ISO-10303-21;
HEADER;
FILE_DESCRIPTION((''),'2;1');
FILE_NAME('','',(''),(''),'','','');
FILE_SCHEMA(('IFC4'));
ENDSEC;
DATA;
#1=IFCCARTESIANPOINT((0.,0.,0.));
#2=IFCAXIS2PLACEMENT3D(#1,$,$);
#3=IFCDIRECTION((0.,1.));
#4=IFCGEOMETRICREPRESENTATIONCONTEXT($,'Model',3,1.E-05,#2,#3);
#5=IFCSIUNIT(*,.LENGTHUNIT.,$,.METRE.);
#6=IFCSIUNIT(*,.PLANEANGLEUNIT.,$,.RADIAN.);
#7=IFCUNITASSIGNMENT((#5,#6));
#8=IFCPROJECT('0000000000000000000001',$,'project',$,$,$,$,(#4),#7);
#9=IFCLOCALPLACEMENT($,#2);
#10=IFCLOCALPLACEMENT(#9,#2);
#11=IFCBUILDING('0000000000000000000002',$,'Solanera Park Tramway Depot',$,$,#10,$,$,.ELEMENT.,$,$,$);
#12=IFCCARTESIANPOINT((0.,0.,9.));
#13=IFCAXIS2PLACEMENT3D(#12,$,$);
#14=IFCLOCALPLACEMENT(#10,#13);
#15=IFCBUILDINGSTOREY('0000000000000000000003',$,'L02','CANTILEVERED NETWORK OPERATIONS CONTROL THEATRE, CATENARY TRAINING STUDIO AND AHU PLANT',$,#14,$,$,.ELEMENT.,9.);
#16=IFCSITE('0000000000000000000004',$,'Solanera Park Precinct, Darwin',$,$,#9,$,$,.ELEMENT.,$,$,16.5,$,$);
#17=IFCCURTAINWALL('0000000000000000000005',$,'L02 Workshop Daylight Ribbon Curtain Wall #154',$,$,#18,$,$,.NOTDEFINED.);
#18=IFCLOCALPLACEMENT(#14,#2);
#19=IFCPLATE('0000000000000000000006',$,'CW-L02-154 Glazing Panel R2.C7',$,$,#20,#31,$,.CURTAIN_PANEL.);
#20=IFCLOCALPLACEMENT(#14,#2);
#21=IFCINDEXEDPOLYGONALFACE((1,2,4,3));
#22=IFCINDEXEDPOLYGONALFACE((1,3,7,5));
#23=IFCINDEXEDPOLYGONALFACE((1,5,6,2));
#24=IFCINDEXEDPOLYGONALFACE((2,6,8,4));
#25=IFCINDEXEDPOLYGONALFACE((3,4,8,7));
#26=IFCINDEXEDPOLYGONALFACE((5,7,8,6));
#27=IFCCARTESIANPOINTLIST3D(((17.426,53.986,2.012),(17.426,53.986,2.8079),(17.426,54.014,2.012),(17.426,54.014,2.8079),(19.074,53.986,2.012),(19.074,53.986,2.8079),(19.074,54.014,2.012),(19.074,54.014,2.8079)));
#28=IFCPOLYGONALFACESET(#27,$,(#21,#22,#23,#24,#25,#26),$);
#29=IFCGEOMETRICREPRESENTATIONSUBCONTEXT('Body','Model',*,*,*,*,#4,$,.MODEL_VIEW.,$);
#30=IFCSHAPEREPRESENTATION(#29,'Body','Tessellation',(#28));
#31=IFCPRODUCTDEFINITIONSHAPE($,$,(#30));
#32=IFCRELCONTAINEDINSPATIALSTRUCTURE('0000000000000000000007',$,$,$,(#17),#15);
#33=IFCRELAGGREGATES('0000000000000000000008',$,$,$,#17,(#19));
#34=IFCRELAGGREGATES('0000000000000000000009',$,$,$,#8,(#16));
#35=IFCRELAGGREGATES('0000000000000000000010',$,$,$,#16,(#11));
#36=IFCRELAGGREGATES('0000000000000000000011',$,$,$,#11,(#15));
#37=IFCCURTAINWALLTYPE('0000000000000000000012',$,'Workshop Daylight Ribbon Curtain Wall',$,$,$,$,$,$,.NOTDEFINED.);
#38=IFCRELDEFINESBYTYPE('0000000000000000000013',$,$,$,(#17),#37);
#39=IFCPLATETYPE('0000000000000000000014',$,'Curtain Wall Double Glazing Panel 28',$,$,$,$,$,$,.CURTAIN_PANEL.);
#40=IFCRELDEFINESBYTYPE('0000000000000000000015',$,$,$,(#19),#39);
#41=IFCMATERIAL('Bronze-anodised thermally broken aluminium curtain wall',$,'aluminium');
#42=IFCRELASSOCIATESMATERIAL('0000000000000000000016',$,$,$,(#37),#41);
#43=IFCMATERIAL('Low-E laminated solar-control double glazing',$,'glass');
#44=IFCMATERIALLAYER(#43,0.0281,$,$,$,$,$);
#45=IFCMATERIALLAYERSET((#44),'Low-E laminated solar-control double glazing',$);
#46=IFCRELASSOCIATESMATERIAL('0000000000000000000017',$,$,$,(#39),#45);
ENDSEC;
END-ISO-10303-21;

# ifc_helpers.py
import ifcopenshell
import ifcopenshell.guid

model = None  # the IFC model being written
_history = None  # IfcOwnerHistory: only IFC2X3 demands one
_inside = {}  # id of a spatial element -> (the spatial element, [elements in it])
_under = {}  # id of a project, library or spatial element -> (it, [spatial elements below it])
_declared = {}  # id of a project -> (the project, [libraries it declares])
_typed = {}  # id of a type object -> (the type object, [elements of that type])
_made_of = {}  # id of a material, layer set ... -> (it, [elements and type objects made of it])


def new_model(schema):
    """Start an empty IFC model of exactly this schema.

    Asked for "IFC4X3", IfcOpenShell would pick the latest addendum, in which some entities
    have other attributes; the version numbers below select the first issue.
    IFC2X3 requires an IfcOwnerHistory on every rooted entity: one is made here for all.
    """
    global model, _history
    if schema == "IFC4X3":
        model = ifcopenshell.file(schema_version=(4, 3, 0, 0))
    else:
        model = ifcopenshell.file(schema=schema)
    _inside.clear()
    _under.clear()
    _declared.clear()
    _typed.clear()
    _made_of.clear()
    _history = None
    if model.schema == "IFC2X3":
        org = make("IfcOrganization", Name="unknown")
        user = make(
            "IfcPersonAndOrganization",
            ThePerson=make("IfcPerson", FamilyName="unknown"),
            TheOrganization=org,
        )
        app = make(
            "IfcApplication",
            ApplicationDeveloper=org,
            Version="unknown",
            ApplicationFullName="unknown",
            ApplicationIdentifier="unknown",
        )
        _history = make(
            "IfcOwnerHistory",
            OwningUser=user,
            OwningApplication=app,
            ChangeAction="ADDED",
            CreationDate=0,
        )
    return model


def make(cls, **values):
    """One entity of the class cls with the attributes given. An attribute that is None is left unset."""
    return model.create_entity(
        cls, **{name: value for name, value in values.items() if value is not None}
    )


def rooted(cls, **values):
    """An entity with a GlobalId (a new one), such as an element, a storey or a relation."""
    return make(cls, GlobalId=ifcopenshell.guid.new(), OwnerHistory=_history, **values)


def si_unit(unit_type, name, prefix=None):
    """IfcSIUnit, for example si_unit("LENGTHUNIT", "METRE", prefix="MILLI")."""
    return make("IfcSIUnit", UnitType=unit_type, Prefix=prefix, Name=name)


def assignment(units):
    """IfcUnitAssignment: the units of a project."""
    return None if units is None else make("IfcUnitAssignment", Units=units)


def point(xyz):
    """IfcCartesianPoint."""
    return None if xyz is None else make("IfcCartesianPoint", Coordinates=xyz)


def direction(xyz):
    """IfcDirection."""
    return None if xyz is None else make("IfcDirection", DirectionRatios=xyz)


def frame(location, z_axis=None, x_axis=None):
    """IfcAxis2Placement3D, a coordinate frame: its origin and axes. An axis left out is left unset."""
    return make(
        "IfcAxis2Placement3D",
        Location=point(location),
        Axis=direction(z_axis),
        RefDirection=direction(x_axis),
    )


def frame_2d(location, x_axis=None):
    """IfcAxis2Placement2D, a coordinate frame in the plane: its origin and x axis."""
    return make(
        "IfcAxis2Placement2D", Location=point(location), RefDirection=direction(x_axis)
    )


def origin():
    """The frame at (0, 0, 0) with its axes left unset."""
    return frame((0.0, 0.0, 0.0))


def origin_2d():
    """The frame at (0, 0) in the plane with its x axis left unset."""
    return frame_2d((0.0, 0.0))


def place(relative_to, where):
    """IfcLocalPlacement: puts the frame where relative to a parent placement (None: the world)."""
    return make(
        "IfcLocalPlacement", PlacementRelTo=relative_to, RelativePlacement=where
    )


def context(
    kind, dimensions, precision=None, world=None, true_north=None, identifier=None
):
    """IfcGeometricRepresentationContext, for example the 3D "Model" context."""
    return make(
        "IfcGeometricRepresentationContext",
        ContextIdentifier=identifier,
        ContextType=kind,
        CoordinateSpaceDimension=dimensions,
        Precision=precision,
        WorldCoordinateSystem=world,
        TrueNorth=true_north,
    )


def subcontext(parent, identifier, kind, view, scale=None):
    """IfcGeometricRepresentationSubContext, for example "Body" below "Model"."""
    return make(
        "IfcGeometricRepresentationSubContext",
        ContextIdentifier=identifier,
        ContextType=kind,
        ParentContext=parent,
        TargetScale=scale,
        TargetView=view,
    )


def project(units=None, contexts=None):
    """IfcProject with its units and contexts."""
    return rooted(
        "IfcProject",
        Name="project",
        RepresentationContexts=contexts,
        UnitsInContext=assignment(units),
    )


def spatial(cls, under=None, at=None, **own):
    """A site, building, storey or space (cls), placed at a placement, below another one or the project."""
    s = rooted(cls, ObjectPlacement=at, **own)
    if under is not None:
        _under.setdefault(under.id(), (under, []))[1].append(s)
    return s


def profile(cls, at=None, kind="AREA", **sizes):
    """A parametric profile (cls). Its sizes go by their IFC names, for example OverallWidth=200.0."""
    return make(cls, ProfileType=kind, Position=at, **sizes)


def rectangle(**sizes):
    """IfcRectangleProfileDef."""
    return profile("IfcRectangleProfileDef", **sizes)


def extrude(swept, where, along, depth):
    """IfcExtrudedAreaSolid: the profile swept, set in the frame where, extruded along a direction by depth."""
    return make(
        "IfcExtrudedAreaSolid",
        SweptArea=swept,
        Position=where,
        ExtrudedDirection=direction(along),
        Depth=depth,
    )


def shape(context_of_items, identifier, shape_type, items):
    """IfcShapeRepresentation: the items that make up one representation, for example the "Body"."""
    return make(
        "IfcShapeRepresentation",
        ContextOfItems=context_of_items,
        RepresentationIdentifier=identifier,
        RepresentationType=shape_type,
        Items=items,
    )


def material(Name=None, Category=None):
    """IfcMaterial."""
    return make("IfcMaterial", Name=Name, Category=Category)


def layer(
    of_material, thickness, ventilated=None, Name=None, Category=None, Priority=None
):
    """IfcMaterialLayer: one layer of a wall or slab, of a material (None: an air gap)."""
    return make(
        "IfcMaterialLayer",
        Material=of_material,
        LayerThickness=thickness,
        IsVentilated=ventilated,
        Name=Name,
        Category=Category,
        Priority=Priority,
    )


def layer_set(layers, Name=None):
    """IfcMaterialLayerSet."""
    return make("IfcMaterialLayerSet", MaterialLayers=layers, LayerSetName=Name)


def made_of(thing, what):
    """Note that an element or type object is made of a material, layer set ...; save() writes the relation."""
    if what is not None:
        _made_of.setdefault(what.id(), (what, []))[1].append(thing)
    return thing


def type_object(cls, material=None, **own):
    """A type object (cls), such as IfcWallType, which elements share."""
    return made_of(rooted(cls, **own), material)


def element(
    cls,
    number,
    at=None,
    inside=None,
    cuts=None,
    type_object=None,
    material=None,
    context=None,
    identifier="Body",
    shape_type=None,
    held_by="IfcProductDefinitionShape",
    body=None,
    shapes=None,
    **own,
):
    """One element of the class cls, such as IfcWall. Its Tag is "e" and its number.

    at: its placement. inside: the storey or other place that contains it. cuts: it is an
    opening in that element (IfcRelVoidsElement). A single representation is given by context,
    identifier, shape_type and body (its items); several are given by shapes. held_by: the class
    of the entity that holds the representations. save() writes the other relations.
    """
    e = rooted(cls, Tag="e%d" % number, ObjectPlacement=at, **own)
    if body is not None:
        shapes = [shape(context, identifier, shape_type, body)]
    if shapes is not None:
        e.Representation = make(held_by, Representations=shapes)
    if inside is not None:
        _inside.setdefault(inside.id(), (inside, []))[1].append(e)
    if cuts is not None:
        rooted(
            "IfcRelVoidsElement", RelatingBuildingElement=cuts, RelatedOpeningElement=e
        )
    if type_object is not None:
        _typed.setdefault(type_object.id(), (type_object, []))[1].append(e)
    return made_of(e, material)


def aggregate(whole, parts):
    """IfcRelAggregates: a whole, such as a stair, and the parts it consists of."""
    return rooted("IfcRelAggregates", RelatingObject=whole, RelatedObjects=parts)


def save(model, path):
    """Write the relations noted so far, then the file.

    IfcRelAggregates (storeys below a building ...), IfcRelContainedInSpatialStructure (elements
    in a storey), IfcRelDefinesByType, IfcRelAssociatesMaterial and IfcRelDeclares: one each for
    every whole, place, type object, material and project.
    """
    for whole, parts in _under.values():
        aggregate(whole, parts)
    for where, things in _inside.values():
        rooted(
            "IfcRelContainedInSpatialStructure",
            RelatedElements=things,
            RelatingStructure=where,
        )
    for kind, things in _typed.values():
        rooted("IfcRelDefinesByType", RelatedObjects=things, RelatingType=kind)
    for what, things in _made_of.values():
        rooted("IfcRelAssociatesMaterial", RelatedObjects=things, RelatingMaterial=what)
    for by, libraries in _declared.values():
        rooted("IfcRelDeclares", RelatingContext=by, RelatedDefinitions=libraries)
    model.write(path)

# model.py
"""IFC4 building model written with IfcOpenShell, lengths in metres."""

from ifc_helpers import new_model, si_unit, direction, frame, origin, origin_2d, place, context, subcontext, project, spatial, rectangle, extrude, material, layer, layer_set, type_object, element, aggregate, save


model = new_model("IFC4")

# Units and contexts
model_context = context("Model", 3, precision=1e-05, world=origin(), true_north=direction((0.0, 1.0)))
body_context = subcontext(model_context, "Body", "Model", "MODEL_VIEW")
ifc_project = project(units=[si_unit("LENGTHUNIT", "METRE"), si_unit("PLANEANGLEUNIT", "RADIAN")], contexts=[model_context])

# Site, building, storey
site_placement = place(None, origin())
site = spatial("IfcSite", under=ifc_project, at=site_placement, Name="Solanera Park Precinct, Darwin", CompositionType="ELEMENT", RefElevation=16.5)
building_placement = place(site_placement, origin())
building = spatial("IfcBuilding", under=site, at=building_placement, Name="Solanera Park Tramway Depot", CompositionType="ELEMENT")
storey_placement = place(building_placement, frame((0.0, 0.0, 9.0)))
storey = spatial("IfcBuildingStorey", under=building, at=storey_placement, Name="L02", Description="CANTILEVERED NETWORK OPERATIONS CONTROL THEATRE, CATENARY TRAINING STUDIO AND AHU PLANT", CompositionType="ELEMENT", Elevation=9.0)

# Curtain wall, plate
ifc_material_1 = material(Name="Bronze-anodised thermally broken aluminium curtain wall", Category="aluminium")
curtain_wall_type = type_object("IfcCurtainWallType", Name="Workshop Daylight Ribbon Curtain Wall", PredefinedType="NOTDEFINED", material=ifc_material_1)
curtain_wall_placement = place(storey_placement, origin())
curtain_wall = element("IfcCurtainWall", 1, at=curtain_wall_placement, inside=storey, type_object=curtain_wall_type, Name="L02 Workshop Daylight Ribbon Curtain Wall #154", PredefinedType="NOTDEFINED")
ifc_material_2 = material(Name="Low-E laminated solar-control double glazing", Category="glass")
ifc_layer = layer(ifc_material_2, 0.0281)
ifc_layer_set = layer_set([ifc_layer], Name="Low-E laminated solar-control double glazing")
plate_type = type_object("IfcPlateType", Name="Curtain Wall Double Glazing Panel 28", PredefinedType="CURTAIN_PANEL", material=ifc_layer_set)
plate_1_placement = place(storey_placement, frame((18.25, 54.0, 2.012), z_axis=(0.0, 0.0, 1.0), x_axis=(-1.0, 0.0, 0.0)))
plate_1 = element("IfcPlate", 2, at=plate_1_placement, type_object=plate_type, Name="CW-L02-154 Glazing Panel R2.C7", PredefinedType="CURTAIN_PANEL", context=body_context, shape_type="SweptSolid", body=[
    extrude(rectangle(XDim=1.6479, YDim=0.0281, at=origin_2d()), origin(), (0.0, 0.0, 1.0), 0.7959),
])
aggregate(curtain_wall, [plate_1])

save(model, "model.ifc")
